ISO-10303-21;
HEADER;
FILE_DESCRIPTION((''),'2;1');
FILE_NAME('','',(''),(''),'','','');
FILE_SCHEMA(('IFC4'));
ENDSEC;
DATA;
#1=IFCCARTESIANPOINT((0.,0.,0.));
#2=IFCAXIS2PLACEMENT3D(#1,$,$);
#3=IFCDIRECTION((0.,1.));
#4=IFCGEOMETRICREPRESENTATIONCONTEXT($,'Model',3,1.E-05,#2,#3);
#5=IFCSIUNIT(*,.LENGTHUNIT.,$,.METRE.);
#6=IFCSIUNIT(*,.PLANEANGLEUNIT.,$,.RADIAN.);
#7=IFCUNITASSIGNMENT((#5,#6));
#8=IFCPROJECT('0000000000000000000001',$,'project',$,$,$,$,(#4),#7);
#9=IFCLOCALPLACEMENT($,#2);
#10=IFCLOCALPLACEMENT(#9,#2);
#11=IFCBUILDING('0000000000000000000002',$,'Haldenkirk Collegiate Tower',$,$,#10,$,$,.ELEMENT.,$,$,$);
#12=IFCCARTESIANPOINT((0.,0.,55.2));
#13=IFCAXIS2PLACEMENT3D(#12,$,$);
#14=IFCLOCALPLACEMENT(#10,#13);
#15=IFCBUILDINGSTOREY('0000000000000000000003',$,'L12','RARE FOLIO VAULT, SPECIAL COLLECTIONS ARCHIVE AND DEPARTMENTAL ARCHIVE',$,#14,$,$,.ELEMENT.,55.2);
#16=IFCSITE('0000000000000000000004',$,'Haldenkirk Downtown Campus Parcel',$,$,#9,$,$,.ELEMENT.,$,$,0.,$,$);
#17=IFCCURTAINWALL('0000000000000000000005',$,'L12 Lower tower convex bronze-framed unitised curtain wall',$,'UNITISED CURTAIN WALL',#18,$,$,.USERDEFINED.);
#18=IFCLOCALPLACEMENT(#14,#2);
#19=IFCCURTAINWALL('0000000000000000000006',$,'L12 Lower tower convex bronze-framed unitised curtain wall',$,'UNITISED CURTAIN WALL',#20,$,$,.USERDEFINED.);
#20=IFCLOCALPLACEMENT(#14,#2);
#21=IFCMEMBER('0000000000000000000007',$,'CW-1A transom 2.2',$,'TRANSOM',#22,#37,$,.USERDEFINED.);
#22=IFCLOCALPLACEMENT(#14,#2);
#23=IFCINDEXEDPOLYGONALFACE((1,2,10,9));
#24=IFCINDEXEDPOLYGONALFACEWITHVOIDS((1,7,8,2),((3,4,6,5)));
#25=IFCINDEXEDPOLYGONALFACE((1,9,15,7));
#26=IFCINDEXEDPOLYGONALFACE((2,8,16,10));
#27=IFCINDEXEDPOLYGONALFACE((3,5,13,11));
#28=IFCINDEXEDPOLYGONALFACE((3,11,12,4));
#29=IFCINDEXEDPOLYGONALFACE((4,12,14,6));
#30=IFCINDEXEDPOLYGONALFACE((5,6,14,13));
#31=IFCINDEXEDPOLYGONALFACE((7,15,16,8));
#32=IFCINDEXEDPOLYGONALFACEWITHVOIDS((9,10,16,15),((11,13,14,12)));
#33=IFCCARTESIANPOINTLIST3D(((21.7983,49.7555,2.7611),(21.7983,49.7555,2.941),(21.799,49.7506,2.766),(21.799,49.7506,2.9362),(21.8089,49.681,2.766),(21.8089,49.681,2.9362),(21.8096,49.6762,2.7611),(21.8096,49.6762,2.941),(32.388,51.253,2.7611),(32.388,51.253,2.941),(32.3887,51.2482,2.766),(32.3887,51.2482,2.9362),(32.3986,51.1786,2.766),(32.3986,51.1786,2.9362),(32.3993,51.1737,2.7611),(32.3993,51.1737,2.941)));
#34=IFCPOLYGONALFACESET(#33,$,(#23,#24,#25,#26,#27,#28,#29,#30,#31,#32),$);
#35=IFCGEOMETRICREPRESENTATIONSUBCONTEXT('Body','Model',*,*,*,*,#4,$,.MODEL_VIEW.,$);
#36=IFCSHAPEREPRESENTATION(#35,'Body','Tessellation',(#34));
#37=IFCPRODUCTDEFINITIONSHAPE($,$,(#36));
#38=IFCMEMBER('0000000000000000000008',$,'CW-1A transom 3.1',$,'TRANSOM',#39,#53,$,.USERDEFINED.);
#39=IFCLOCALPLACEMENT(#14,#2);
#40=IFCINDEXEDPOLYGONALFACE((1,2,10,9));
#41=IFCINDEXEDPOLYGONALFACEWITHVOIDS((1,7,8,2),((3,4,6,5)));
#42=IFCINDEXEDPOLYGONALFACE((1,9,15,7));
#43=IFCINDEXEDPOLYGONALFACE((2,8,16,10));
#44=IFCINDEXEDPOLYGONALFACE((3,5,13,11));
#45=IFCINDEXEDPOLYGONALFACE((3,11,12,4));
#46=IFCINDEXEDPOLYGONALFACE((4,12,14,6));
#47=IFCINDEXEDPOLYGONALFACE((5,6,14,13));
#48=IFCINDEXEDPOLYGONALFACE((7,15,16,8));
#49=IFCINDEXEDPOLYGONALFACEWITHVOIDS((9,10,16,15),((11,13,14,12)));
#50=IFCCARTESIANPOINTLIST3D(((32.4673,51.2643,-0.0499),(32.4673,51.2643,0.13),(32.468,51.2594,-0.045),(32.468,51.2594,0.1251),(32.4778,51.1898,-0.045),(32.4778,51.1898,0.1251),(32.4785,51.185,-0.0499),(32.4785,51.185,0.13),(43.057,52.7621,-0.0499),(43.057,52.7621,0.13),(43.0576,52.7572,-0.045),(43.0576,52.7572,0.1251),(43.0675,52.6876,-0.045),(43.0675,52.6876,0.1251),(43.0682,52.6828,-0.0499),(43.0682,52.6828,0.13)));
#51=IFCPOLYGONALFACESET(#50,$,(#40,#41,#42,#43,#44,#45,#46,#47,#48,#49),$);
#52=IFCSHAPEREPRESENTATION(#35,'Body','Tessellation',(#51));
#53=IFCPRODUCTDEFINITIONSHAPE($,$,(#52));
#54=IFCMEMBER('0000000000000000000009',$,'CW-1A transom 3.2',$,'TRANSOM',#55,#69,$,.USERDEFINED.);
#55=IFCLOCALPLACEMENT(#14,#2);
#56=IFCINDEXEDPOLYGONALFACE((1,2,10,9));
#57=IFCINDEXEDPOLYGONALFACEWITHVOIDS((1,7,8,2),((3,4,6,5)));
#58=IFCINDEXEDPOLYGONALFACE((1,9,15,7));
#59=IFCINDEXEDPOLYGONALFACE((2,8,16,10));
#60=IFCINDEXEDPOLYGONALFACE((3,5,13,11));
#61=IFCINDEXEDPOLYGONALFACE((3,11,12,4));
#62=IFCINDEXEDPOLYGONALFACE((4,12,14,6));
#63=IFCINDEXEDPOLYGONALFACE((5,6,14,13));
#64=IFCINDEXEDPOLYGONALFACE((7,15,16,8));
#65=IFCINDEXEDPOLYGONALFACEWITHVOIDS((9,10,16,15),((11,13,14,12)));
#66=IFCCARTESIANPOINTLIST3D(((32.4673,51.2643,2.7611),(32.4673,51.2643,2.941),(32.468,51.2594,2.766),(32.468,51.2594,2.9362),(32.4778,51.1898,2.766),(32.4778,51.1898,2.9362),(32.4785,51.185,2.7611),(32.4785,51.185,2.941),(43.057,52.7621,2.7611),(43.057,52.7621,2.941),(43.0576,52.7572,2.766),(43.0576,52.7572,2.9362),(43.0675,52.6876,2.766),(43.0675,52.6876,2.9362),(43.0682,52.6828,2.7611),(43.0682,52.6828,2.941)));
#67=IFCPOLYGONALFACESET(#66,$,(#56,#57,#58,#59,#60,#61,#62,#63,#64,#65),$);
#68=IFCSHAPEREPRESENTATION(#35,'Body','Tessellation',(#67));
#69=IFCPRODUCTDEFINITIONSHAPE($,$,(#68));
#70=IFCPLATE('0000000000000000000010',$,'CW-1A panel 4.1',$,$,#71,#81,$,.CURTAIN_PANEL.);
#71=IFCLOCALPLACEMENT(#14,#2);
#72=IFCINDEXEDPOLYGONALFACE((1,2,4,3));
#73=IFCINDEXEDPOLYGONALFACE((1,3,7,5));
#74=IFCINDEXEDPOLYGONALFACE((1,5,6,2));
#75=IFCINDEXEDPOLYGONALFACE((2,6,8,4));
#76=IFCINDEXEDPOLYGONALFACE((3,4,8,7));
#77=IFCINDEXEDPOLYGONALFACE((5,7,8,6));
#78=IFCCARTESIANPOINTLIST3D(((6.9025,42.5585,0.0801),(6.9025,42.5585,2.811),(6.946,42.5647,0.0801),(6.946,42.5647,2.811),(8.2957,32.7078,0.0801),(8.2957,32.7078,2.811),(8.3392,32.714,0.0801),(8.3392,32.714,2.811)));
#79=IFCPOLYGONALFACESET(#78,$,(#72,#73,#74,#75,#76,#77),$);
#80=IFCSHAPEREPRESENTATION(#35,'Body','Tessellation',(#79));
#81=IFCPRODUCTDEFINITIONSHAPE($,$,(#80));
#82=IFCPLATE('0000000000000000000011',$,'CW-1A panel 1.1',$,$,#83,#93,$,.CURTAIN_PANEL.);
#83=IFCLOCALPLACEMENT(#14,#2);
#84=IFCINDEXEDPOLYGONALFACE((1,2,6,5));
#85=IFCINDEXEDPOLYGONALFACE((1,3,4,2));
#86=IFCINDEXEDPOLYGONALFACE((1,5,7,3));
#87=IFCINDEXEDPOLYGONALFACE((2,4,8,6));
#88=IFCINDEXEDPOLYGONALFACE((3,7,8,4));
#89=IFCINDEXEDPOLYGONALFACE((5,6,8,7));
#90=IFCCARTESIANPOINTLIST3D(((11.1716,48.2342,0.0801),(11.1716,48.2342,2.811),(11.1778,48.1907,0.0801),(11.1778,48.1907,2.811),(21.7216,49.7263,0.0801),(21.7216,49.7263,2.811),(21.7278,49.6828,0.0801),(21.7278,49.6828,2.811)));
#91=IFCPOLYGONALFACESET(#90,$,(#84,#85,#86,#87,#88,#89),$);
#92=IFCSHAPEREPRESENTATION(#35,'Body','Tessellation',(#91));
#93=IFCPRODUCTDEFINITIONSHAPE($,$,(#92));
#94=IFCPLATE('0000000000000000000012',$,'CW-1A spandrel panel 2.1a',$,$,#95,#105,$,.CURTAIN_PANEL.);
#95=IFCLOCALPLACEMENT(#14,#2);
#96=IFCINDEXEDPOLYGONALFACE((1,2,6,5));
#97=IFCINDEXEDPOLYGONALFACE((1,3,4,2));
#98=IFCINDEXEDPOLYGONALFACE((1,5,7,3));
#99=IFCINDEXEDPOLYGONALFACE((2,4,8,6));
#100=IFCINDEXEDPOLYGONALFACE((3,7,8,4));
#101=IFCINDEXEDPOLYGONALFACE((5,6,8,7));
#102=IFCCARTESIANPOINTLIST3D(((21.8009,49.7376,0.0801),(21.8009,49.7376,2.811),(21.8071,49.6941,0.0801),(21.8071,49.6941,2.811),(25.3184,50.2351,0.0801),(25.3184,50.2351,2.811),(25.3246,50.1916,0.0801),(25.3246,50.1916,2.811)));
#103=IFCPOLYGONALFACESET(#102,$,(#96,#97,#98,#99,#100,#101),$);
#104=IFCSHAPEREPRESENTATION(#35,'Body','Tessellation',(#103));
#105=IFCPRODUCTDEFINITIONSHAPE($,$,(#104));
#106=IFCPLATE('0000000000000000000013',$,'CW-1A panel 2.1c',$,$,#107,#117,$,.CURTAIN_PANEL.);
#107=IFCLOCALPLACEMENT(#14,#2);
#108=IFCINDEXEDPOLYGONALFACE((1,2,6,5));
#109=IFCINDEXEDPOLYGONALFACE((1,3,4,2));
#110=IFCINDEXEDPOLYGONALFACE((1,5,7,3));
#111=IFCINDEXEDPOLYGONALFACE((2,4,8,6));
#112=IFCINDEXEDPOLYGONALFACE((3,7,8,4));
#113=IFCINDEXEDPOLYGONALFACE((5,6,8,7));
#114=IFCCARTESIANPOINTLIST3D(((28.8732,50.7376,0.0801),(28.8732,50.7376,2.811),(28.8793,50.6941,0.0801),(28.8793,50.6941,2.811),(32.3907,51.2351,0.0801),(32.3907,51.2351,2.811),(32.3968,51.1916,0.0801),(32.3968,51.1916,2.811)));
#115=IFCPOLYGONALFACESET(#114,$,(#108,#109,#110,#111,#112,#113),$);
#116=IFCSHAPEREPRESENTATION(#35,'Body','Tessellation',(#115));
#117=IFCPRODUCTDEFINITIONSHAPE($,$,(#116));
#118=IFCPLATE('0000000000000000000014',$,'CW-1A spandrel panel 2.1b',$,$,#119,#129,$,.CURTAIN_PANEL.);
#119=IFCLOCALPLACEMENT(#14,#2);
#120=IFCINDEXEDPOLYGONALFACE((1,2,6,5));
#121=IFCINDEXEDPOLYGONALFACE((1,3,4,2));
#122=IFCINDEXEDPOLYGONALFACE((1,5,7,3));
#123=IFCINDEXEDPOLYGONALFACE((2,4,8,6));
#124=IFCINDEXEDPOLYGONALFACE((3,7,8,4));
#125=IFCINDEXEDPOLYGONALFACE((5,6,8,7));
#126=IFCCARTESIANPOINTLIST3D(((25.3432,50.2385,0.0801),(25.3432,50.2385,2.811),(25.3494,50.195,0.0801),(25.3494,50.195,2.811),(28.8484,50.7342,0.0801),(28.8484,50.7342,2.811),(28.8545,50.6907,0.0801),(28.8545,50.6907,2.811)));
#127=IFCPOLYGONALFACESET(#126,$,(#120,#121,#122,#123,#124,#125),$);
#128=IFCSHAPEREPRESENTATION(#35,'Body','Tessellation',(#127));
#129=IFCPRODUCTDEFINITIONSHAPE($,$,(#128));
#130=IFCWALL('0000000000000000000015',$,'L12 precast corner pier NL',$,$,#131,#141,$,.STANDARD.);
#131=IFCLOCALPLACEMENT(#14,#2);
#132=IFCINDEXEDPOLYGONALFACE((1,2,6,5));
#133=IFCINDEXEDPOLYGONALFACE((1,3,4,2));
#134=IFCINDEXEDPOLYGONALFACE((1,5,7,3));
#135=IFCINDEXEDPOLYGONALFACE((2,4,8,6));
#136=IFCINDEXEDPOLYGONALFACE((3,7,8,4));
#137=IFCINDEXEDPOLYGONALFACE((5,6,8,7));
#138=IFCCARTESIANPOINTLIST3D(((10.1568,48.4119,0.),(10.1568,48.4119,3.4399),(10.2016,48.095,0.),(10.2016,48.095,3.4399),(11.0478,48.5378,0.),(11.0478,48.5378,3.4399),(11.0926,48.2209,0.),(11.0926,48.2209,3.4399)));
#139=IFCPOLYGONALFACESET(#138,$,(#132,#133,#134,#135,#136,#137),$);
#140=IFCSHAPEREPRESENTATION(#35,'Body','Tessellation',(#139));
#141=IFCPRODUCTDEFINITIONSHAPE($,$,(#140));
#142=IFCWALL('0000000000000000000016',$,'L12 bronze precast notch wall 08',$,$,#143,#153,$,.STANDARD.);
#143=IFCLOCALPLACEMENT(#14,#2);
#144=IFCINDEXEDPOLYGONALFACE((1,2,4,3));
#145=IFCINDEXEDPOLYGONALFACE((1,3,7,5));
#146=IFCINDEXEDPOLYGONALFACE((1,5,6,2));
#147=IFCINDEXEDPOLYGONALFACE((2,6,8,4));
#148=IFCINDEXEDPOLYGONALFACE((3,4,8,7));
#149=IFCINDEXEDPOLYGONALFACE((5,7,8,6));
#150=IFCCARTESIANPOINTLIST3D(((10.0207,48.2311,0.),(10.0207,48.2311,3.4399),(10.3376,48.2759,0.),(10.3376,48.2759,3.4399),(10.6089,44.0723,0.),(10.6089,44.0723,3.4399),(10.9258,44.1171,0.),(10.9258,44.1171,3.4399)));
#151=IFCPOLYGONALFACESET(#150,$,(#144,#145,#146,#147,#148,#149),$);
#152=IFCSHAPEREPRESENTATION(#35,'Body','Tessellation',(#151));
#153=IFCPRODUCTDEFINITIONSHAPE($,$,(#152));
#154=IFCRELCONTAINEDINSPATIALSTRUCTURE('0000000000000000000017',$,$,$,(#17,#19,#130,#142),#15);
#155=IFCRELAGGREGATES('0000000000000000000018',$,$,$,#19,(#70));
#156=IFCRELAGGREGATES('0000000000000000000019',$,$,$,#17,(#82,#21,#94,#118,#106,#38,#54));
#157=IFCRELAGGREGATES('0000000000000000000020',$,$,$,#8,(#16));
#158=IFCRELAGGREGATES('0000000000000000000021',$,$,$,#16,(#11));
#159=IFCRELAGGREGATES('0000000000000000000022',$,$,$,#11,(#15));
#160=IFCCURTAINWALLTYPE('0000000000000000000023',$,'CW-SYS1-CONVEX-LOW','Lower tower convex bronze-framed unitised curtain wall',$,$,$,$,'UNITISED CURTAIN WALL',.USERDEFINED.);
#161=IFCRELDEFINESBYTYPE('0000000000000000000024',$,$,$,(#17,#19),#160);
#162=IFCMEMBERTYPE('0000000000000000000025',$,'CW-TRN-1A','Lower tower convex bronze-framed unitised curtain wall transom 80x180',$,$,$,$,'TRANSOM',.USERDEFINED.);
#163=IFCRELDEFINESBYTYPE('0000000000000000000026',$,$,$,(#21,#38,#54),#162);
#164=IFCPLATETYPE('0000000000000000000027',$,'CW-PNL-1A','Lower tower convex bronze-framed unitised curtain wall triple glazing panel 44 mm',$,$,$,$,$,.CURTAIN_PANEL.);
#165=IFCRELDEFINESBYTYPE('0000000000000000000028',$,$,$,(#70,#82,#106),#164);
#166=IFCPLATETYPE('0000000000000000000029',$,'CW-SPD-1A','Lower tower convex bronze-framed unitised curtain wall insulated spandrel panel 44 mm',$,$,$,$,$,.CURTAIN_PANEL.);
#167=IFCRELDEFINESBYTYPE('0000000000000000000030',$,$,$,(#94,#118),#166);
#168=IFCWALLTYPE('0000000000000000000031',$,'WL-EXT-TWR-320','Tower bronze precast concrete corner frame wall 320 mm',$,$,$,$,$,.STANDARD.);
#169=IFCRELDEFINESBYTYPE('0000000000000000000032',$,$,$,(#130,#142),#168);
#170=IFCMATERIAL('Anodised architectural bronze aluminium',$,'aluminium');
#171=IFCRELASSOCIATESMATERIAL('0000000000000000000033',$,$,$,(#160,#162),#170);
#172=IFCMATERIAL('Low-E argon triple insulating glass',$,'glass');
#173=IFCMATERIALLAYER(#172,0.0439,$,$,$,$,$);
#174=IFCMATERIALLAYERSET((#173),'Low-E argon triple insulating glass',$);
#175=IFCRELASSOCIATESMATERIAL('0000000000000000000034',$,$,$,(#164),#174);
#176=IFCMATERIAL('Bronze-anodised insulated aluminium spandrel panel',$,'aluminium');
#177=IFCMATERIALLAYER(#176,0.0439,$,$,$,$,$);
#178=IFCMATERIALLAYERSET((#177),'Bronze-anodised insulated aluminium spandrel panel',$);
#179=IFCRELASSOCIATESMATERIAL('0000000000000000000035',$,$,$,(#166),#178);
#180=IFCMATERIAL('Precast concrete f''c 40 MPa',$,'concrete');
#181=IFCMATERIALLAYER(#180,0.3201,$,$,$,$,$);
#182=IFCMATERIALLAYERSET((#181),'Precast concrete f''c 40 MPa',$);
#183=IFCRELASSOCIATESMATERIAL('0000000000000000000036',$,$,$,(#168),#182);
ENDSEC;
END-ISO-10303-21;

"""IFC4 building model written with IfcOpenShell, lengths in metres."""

from ifc_helpers import new_model, si_unit, direction, frame, frame_2d, origin, origin_2d, place, context, subcontext, project, spatial, rectangle, hollow_rectangle, extrude, source, transform, mapped, material, layer, layer_set, material_profile, profile_set, type_object, element, aggregate, save


model = new_model("IFC4")

# Units and contexts
model_context = context("Model", 3, precision=1e-05, world=origin(), true_north=direction((0.0, 1.0)))
body_context = subcontext(model_context, "Body", "Model", "MODEL_VIEW")
ifc_project = project(units=[si_unit("LENGTHUNIT", "METRE"), si_unit("PLANEANGLEUNIT", "RADIAN")], contexts=[model_context])

# Site, building, storey
site_placement = place(None, origin())
site = spatial("IfcSite", under=ifc_project, at=site_placement, Name="Haldenkirk Downtown Campus Parcel", CompositionType="ELEMENT", RefElevation=0.0)
building_placement = place(site_placement, origin())
building = spatial("IfcBuilding", under=site, at=building_placement, Name="Haldenkirk Collegiate Tower", CompositionType="ELEMENT")
storey_placement = place(building_placement, frame((0.0, 0.0, 55.2)))
storey = spatial("IfcBuildingStorey", under=building, at=storey_placement, Name="L12", Description="RARE FOLIO VAULT, SPECIAL COLLECTIONS ARCHIVE AND DEPARTMENTAL ARCHIVE", CompositionType="ELEMENT", Elevation=55.2)

# Curtain wall
ifc_material_1 = material(Name="Anodised architectural bronze aluminium", Category="aluminium")
curtain_wall_type = type_object("IfcCurtainWallType", Name="CW-SYS1-CONVEX-LOW", Description="Lower tower convex bronze-framed unitised curtain wall", ElementType="UNITISED CURTAIN WALL", PredefinedType="USERDEFINED", material=ifc_material_1)
curtain_wall_1_placement = place(storey_placement, origin())
curtain_wall_1 = element("IfcCurtainWall", 1, at=curtain_wall_1_placement, inside=storey, type_object=curtain_wall_type, Name="L12 Lower tower convex bronze-framed unitised curtain wall", ObjectType="UNITISED CURTAIN WALL", PredefinedType="USERDEFINED")

# Curtain wall
curtain_wall_2_placement = place(storey_placement, origin())
curtain_wall_2 = element("IfcCurtainWall", 2, at=curtain_wall_2_placement, inside=storey, type_object=curtain_wall_type, Name="L12 Lower tower convex bronze-framed unitised curtain wall", ObjectType="UNITISED CURTAIN WALL", PredefinedType="USERDEFINED")

# Members
ifc_material_profile_1 = material_profile(ifc_material_1, hollow_rectangle(XDim=0.0801, YDim=0.1799, WallThickness=0.0049, at=origin_2d()), Name="CW-TRN-1A")
ifc_profile_set_1 = profile_set([ifc_material_profile_1], Name="Anodised architectural bronze aluminium")
member_type_1 = type_object("IfcMemberType", Name="CW-TRN-1A", Description="Lower tower convex bronze-framed unitised curtain wall transom 80x180", ElementType="TRANSOM", PredefinedType="USERDEFINED", material=ifc_profile_set_1)
member_1_placement = place(storey_placement, frame((21.804, 49.7158, 2.8511), z_axis=(0.990148, 0.140025, 0.0), x_axis=(-0.140025, 0.990148, 0.0)))
member_1 = element("IfcMember", 3, at=member_1_placement, type_object=member_type_1, Name="CW-1A transom 2.2", ObjectType="TRANSOM", PredefinedType="USERDEFINED", context=body_context, shape_type="SweptSolid", body=[
    extrude(hollow_rectangle(XDim=0.0801, YDim=0.1799, WallThickness=0.0049, at=origin_2d()), origin(), (0.0, 0.0, 1.0), 10.6951),
])
member_2_placement = place(storey_placement, frame((32.4729, 51.2246, 0.04), z_axis=(0.990145, 0.140047, 0.0), x_axis=(-0.140047, 0.990145, 0.0)))
member_2 = element("IfcMember", 4, at=member_2_placement, type_object=member_type_1, Name="CW-1A transom 3.1", ObjectType="TRANSOM", PredefinedType="USERDEFINED", context=body_context, shape_type="SweptSolid", body=[
    extrude(hollow_rectangle(XDim=0.0801, YDim=0.1799, WallThickness=0.0049, at=origin_2d()), origin(), (0.0, 0.0, 1.0), 10.6951),
])
member_3_placement = place(storey_placement, frame((32.4729, 51.2246, 2.8511), z_axis=(0.990145, 0.140047, 0.0), x_axis=(-0.140047, 0.990145, 0.0)))
member_3 = element("IfcMember", 5, at=member_3_placement, type_object=member_type_1, Name="CW-1A transom 3.2", ObjectType="TRANSOM", PredefinedType="USERDEFINED", context=body_context, shape_type="SweptSolid", body=[
    extrude(hollow_rectangle(XDim=0.0801, YDim=0.1799, WallThickness=0.0049, at=origin_2d()), origin(), (0.0, 0.0, 1.0), 10.6951),
])

# Plates
ifc_material_2 = material(Name="Low-E argon triple insulating glass", Category="glass")
ifc_layer_1 = layer(ifc_material_2, 0.0439)
ifc_layer_set_1 = layer_set([ifc_layer_1], Name="Low-E argon triple insulating glass")
plate_type_1 = type_object("IfcPlateType", Name="CW-PNL-1A", Description="Lower tower convex bronze-framed unitised curtain wall triple glazing panel 44 mm", PredefinedType="CURTAIN_PANEL", material=ifc_layer_set_1)
shared_shape_1 = source(origin(), body_context, "Body", "SweptSolid", [
    extrude(rectangle(XDim=9.9487, YDim=0.0439, at=origin_2d()), origin(), (0.0, 0.0, 1.0), 2.731),
])
plate_1_placement = place(storey_placement, frame((7.6208, 37.6362, 0.0801), z_axis=(0.0, 0.0, 1.0), x_axis=(-0.140039, 0.990146, 0.0)))
plate_1 = element("IfcPlate", 6, at=plate_1_placement, type_object=plate_type_1, Name="CW-1A panel 4.1", PredefinedType="CURTAIN_PANEL", context=body_context, shape_type="MappedRepresentation", body=[
    mapped(shared_shape_1, transform((0.0, 0.0, 0.0), x_axis=(1.0, 0.0, 0.0), y_axis=(0.0, 1.0, 0.0), z_axis=(0.0, 0.0, 1.0), scale=1.0)),
])
aggregate(curtain_wall_2, [plate_1])
shared_shape_2 = source(origin(), body_context, "Body", "SweptSolid", [
    extrude(rectangle(XDim=10.655, YDim=0.0439, at=origin_2d()), origin(), (0.0, 0.0, 1.0), 2.731),
])
plate_2_placement = place(storey_placement, frame((16.4497, 48.9585, 0.0801), z_axis=(0.0, 0.0, 1.0), x_axis=(0.990146, 0.140039, 0.0)))
plate_2 = element("IfcPlate", 7, at=plate_2_placement, type_object=plate_type_1, Name="CW-1A panel 1.1", PredefinedType="CURTAIN_PANEL", context=body_context, shape_type="MappedRepresentation", body=[
    mapped(shared_shape_2, transform((0.0, 0.0, 0.0), x_axis=(1.0, 0.0, 0.0), y_axis=(0.0, 1.0, 0.0), z_axis=(0.0, 0.0, 1.0), scale=1.0)),
])
ifc_material_3 = material(Name="Bronze-anodised insulated aluminium spandrel panel", Category="aluminium")
ifc_layer_2 = layer(ifc_material_3, 0.0439)
ifc_layer_set_2 = layer_set([ifc_layer_2], Name="Bronze-anodised insulated aluminium spandrel panel")
plate_type_2 = type_object("IfcPlateType", Name="CW-SPD-1A", Description="Lower tower convex bronze-framed unitised curtain wall insulated spandrel panel 44 mm", PredefinedType="CURTAIN_PANEL", material=ifc_layer_set_2)
shared_shape_3 = source(origin(), body_context, "Body", "SweptSolid", [
    extrude(rectangle(XDim=3.5525, YDim=0.0439, at=origin_2d()), origin(), (0.0, 0.0, 1.0), 2.731),
])
plate_3_placement = place(storey_placement, frame((23.5627, 49.9646, 0.0801), z_axis=(0.0, 0.0, 1.0), x_axis=(0.990146, 0.140039, 0.0)))
plate_3 = element("IfcPlate", 8, at=plate_3_placement, type_object=plate_type_2, Name="CW-1A spandrel panel 2.1a", PredefinedType="CURTAIN_PANEL", context=body_context, shape_type="MappedRepresentation", body=[
    mapped(shared_shape_3, transform((0.0, 0.0, 0.0), x_axis=(1.0, 0.0, 0.0), y_axis=(0.0, 1.0, 0.0), z_axis=(0.0, 0.0, 1.0), scale=1.0)),
])
plate_4_placement = place(storey_placement, frame((30.635, 50.9646, 0.0801), z_axis=(0.0, 0.0, 1.0), x_axis=(0.990146, 0.140039, 0.0)))
plate_4 = element("IfcPlate", 9, at=plate_4_placement, type_object=plate_type_1, Name="CW-1A panel 2.1c", PredefinedType="CURTAIN_PANEL", context=body_context, shape_type="MappedRepresentation", body=[
    mapped(shared_shape_3, transform((0.0, 0.0, 0.0), x_axis=(1.0, 0.0, 0.0), y_axis=(0.0, 1.0, 0.0), z_axis=(0.0, 0.0, 1.0), scale=1.0)),
])
shared_shape_4 = source(origin(), body_context, "Body", "SweptSolid", [
    extrude(rectangle(XDim=3.54, YDim=0.0439, at=origin_2d()), origin(), (0.0, 0.0, 1.0), 2.731),
])
plate_5_placement = place(storey_placement, frame((27.0989, 50.4646, 0.0801), z_axis=(0.0, 0.0, 1.0), x_axis=(0.990146, 0.140039, 0.0)))
plate_5 = element("IfcPlate", 10, at=plate_5_placement, type_object=plate_type_2, Name="CW-1A spandrel panel 2.1b", PredefinedType="CURTAIN_PANEL", context=body_context, shape_type="MappedRepresentation", body=[
    mapped(shared_shape_4, transform((0.0, 0.0, 0.0), x_axis=(1.0, 0.0, 0.0), y_axis=(0.0, 1.0, 0.0), z_axis=(0.0, 0.0, 1.0), scale=1.0)),
])
aggregate(curtain_wall_1, [plate_2, member_1, plate_3, plate_5, plate_4, member_2, member_3])

# Walls
ifc_material_4 = material(Name="Precast concrete f'c 40 MPa", Category="concrete")
ifc_layer_3 = layer(ifc_material_4, 0.3201)
ifc_layer_set_3 = layer_set([ifc_layer_3], Name="Precast concrete f'c 40 MPa")
wall_type_1 = type_object("IfcWallType", Name="WL-EXT-TWR-320", Description="Tower bronze precast concrete corner frame wall 320 mm", PredefinedType="STANDARD", material=ifc_layer_set_3)
wall_1_placement = place(storey_placement, frame((10.1792, 48.2534, 0.0), z_axis=(0.0, 0.0, 1.0), x_axis=(0.990155, 0.139978, 0.0)))
element("IfcWall", 11, at=wall_1_placement, inside=storey, type_object=wall_type_1, Name="L12 precast corner pier NL", PredefinedType="STANDARD", context=body_context, shape_type="SweptSolid", body=[
    extrude(rectangle(XDim=0.8999, YDim=0.3201, at=frame_2d((0.45, 0.0))), origin(), (0.0, 0.0, 1.0), 3.4399),
])
wall_2_placement = place(storey_placement, frame((10.7673, 44.0947, 0.0), z_axis=(0.0, 0.0, 1.0), x_axis=(-0.14003, 0.990147, 0.0)))
element("IfcWall", 12, at=wall_2_placement, inside=storey, type_object=wall_type_1, Name="L12 bronze precast notch wall 08", PredefinedType="STANDARD", context=body_context, shape_type="SweptSolid", body=[
    extrude(rectangle(XDim=4.2002, YDim=0.3201, at=frame_2d((2.1001, 0.0))), origin(), (0.0, 0.0, 1.0), 3.4399),
])

save(model, "model.ifc")
